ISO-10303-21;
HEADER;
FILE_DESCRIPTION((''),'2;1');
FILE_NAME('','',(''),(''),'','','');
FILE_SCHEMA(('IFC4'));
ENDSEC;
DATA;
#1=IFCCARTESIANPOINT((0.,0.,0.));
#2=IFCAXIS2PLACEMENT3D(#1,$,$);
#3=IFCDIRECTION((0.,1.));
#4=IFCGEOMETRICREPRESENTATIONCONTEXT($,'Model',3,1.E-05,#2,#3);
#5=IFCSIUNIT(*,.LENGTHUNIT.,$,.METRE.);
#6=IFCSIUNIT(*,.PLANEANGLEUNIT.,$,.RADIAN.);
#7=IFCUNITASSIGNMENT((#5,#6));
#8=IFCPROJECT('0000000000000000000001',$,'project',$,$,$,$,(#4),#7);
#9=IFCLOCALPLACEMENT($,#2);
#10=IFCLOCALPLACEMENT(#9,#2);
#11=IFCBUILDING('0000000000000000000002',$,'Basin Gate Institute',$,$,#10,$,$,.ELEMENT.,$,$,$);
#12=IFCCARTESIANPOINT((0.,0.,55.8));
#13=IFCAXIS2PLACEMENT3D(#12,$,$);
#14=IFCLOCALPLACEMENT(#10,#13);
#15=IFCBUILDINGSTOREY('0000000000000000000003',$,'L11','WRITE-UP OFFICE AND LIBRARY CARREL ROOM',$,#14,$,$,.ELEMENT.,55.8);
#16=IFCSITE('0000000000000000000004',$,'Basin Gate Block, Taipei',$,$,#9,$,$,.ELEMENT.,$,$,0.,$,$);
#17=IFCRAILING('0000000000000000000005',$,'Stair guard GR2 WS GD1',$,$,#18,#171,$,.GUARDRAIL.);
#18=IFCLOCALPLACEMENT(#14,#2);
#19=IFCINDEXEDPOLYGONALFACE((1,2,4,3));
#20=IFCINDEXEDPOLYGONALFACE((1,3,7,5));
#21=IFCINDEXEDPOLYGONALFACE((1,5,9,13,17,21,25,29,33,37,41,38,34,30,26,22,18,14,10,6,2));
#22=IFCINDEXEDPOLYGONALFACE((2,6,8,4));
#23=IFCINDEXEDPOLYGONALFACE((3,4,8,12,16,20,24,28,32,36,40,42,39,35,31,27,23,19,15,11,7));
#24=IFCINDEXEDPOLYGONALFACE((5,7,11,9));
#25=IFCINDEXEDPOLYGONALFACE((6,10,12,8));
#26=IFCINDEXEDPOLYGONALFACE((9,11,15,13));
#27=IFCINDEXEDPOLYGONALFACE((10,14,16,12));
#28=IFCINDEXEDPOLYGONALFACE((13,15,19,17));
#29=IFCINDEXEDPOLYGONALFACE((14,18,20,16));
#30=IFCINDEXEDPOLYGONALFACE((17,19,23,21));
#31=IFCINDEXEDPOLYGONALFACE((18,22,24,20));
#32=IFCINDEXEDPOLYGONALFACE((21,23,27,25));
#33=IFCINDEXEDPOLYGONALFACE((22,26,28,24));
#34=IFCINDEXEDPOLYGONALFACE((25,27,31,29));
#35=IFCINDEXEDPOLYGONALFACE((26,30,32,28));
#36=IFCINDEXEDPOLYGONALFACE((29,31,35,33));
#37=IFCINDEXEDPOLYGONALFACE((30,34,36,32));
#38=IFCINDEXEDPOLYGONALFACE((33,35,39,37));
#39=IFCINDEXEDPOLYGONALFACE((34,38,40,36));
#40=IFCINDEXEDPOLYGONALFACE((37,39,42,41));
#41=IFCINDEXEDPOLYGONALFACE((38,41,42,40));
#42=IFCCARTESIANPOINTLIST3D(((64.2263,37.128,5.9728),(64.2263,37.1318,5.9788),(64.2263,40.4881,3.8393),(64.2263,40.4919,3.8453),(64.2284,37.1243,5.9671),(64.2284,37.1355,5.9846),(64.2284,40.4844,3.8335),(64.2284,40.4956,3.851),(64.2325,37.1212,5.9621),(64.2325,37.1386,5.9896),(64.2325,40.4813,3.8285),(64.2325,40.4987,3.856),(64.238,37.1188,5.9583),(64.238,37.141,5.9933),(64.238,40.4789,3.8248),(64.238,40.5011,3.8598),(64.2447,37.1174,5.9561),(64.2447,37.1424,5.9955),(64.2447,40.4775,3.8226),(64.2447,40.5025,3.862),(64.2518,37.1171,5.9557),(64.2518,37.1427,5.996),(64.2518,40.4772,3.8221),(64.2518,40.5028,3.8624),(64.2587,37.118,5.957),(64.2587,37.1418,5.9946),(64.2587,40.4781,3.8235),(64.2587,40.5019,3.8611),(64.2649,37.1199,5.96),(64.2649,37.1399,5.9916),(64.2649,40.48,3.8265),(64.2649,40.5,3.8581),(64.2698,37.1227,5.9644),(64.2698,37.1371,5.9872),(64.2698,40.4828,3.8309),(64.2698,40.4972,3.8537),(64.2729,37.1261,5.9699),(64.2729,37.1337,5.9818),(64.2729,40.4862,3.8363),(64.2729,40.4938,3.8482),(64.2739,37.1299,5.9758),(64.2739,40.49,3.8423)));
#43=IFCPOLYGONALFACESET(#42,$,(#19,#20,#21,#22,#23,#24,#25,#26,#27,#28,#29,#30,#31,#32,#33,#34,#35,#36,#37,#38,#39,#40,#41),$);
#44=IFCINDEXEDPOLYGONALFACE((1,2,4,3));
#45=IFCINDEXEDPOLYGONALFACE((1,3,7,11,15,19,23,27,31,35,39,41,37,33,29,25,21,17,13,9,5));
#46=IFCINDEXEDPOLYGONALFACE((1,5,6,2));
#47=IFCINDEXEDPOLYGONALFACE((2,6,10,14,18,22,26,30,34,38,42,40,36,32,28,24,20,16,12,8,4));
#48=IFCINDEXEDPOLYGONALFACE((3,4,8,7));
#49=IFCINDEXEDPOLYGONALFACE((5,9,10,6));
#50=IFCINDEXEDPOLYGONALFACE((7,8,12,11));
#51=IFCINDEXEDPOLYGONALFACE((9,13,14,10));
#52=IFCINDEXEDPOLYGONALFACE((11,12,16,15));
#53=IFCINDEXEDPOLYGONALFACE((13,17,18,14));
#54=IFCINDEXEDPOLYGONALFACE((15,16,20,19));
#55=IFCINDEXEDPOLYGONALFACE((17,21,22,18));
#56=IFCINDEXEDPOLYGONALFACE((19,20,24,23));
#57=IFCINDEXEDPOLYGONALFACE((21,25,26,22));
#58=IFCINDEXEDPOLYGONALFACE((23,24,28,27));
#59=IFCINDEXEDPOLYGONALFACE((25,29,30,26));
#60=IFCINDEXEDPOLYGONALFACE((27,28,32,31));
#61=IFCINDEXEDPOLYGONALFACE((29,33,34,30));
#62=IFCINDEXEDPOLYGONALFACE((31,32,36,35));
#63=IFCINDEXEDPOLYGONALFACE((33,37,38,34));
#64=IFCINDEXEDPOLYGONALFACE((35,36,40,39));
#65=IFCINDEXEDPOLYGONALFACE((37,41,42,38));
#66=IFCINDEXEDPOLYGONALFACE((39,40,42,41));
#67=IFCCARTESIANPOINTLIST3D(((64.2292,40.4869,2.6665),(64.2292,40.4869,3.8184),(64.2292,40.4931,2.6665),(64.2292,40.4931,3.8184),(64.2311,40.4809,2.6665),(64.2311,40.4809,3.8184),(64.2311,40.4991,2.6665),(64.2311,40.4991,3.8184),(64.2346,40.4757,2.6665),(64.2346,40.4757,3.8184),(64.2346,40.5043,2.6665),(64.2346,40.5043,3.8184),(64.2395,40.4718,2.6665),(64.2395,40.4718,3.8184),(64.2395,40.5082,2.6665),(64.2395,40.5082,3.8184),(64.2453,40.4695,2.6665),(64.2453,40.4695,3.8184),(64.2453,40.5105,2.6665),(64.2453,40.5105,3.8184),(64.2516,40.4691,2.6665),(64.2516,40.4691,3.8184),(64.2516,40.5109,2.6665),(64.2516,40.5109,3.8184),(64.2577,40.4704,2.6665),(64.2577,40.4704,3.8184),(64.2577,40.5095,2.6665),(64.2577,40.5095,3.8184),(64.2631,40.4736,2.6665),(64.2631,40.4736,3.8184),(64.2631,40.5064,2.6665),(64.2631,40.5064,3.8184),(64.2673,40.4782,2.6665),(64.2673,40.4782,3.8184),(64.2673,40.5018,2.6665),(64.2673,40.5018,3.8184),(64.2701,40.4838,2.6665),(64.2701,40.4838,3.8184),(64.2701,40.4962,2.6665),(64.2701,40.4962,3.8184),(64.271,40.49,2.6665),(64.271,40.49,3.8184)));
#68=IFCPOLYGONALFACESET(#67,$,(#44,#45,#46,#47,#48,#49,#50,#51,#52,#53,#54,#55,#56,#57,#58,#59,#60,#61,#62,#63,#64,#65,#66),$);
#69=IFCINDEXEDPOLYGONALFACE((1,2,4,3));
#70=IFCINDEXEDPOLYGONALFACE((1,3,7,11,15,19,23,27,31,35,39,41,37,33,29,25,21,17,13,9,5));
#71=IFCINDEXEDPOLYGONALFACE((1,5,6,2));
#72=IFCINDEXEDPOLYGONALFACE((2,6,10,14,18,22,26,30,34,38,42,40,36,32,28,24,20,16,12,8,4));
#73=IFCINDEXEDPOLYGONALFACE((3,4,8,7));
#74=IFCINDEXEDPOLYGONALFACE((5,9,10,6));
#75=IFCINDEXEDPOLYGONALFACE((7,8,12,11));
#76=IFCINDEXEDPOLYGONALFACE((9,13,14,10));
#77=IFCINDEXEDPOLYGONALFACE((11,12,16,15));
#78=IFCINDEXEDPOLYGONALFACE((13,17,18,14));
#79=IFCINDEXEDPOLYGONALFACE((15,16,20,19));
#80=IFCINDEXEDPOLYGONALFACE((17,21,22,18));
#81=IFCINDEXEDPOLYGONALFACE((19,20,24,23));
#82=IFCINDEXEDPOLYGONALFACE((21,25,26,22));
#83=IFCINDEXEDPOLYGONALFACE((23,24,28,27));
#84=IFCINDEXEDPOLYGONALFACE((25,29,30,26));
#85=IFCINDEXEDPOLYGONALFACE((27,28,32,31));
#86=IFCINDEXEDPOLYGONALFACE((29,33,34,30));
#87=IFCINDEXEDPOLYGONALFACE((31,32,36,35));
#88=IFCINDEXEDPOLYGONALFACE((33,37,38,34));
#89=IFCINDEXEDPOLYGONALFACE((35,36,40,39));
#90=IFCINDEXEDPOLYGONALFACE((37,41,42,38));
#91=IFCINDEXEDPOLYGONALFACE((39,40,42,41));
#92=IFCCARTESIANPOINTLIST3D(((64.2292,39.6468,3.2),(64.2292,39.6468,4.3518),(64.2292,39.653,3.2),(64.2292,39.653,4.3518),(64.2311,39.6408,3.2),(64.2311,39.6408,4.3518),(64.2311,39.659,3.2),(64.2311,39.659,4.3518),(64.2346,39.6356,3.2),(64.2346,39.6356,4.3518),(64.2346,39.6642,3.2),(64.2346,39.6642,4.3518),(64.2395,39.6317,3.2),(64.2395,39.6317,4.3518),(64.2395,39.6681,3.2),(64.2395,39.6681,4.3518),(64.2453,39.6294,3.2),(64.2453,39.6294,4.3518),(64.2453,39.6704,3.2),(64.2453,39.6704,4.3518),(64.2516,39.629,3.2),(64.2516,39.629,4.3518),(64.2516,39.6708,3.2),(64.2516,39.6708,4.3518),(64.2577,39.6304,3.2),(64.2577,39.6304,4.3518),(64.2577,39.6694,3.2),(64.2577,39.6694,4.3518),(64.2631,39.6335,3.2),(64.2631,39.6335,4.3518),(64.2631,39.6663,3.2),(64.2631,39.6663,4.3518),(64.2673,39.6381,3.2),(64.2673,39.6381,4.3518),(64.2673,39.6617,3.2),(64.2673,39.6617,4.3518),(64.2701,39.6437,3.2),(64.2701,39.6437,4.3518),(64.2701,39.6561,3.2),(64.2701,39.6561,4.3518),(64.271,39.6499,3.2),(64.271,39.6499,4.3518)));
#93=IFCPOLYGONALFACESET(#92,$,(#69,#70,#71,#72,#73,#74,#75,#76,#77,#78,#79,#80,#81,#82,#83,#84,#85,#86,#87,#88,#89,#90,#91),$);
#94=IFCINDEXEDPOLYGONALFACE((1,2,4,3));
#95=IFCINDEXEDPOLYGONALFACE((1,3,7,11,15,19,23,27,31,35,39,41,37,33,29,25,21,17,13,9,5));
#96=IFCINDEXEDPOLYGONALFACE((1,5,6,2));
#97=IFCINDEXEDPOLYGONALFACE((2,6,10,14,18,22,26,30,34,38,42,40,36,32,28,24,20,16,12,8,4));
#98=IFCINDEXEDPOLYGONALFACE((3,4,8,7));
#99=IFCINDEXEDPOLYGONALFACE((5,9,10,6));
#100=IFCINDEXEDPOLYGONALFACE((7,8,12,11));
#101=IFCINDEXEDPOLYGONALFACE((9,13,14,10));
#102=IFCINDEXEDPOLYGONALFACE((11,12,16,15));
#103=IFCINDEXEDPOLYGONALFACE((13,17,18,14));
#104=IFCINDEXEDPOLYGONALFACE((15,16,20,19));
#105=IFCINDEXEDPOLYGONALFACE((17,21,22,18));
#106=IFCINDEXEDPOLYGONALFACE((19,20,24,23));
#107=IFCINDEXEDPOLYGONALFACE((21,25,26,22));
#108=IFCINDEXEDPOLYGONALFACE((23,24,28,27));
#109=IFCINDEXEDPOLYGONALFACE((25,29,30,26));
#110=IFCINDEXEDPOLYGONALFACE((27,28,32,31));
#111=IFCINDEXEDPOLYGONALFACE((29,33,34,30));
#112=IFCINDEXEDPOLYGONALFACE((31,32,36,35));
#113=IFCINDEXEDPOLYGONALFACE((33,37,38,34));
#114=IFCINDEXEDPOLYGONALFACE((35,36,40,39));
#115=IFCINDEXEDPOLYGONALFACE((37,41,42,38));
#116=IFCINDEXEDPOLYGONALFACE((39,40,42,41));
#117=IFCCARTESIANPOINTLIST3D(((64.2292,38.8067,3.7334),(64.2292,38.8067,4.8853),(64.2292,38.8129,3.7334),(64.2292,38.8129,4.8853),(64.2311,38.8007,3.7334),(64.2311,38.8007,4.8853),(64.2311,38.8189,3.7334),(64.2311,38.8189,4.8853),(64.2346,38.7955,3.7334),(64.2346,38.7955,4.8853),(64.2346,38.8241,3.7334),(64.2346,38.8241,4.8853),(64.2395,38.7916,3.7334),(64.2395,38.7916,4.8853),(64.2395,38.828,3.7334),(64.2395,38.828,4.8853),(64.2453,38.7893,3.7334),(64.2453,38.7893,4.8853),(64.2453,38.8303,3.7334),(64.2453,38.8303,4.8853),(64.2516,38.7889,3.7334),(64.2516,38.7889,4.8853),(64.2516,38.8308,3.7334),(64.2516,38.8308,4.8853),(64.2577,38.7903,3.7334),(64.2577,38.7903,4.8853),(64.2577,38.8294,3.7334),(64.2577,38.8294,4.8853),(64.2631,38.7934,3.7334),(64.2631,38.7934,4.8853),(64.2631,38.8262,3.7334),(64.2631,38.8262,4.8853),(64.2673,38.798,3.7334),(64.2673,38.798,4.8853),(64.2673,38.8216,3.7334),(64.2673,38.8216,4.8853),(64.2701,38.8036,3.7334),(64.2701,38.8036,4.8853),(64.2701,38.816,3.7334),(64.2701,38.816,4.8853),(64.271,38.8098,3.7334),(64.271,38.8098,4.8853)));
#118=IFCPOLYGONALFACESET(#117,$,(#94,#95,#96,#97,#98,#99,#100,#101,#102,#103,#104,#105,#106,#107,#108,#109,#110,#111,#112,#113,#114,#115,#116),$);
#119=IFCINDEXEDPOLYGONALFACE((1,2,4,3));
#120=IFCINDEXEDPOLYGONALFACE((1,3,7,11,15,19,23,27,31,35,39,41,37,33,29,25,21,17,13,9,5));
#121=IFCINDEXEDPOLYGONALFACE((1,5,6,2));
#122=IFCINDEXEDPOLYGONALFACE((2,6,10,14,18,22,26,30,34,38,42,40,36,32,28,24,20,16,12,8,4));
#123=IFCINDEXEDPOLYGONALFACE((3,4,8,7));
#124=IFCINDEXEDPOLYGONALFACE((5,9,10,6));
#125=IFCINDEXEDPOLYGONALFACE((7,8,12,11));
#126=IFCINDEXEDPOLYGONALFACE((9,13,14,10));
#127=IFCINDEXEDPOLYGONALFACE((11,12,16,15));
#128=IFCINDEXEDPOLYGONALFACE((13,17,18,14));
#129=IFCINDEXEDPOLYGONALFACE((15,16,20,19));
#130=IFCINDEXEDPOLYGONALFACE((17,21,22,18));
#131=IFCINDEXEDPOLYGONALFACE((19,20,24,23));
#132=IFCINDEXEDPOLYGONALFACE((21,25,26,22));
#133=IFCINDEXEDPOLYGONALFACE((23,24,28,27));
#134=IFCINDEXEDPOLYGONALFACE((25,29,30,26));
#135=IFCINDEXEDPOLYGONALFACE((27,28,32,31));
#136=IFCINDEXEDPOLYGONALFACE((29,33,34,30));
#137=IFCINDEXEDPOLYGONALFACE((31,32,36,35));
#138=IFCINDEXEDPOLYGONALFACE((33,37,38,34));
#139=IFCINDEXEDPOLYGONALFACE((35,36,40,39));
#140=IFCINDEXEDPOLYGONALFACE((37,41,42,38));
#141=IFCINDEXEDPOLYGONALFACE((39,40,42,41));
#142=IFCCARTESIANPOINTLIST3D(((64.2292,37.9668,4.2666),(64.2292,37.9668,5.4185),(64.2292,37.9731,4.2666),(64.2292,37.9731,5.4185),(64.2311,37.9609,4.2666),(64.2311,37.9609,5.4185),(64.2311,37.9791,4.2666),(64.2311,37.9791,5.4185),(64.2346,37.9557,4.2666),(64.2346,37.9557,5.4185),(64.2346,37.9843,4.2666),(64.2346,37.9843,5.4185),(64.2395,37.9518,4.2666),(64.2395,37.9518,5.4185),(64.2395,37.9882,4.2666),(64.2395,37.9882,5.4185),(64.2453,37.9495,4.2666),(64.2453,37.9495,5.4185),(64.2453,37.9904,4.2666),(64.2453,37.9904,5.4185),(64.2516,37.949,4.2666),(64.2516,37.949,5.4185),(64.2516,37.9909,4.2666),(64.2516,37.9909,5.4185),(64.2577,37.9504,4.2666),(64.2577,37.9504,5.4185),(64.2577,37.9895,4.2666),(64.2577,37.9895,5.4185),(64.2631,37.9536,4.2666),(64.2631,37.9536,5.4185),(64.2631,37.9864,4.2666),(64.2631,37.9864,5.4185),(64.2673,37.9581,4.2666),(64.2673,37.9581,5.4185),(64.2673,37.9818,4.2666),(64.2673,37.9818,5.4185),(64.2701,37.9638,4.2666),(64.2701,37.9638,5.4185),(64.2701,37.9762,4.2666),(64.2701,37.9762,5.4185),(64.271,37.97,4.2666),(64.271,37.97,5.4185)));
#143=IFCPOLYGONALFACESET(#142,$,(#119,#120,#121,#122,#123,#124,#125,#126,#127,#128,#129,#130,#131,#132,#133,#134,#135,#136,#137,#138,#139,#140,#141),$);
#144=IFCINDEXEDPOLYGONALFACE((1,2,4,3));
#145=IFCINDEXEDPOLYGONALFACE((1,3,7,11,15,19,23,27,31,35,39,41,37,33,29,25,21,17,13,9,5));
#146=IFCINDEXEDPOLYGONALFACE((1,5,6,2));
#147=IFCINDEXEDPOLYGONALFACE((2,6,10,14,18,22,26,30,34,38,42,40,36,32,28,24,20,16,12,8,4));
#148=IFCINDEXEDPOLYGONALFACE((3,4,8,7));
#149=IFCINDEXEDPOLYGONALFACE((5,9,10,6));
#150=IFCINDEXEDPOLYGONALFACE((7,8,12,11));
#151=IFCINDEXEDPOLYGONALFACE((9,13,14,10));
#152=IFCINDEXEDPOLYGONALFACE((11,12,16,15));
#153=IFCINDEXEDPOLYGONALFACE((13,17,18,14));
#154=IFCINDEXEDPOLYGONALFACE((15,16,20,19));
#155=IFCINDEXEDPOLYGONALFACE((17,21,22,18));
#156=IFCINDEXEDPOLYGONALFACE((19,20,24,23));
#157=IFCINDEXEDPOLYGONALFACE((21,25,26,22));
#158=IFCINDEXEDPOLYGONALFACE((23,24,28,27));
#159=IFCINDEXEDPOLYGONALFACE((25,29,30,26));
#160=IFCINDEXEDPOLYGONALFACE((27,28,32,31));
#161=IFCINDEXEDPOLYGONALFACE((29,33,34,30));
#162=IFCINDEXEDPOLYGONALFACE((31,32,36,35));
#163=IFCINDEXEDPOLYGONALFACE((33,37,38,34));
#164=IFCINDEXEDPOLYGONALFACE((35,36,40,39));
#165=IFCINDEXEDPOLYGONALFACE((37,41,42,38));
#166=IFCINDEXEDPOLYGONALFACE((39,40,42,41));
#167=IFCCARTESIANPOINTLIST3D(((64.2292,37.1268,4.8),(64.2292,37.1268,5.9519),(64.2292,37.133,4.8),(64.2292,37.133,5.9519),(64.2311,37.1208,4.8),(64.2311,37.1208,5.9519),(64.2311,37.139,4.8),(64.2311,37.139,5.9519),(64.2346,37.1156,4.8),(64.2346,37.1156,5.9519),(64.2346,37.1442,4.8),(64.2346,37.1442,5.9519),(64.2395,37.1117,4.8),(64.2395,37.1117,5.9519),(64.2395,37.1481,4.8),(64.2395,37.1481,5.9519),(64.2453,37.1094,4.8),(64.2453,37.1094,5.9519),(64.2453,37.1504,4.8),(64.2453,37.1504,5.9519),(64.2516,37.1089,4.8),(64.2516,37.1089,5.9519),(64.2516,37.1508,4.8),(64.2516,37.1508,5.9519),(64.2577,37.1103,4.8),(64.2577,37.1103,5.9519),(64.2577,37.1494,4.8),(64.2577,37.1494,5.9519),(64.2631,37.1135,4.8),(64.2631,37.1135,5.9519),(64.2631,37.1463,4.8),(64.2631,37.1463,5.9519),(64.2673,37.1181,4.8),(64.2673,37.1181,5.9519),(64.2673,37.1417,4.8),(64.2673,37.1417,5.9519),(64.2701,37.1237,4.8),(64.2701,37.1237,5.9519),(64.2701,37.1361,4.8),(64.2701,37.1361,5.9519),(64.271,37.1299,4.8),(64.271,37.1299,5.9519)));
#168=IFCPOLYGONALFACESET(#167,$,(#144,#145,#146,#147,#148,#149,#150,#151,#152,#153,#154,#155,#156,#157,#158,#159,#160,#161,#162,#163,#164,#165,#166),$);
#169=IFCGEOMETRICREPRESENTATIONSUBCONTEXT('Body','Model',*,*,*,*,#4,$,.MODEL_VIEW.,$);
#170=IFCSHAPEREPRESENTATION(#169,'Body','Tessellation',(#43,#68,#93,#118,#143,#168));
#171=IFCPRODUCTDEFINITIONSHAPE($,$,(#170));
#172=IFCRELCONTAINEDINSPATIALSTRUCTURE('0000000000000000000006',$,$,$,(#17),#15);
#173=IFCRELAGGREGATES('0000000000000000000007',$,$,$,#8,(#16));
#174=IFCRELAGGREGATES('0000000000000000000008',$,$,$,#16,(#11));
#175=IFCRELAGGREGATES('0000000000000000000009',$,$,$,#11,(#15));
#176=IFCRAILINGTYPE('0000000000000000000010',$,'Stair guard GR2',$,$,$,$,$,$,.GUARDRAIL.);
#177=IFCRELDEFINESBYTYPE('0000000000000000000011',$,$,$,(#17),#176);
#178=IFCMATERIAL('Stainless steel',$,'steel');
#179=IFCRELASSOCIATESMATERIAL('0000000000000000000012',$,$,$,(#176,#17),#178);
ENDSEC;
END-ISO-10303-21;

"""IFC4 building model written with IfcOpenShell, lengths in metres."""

from ifc_helpers import new_model, si_unit, direction, frame, origin, origin_2d, place, context, subcontext, project, spatial, circle, extrude, material, type_object, element, save


model = new_model("IFC4")

# Units and contexts
model_context = context("Model", 3, precision=1e-05, world=origin(), true_north=direction((0.0, 1.0)))
body_context = subcontext(model_context, "Body", "Model", "MODEL_VIEW")
ifc_project = project(units=[si_unit("LENGTHUNIT", "METRE"), si_unit("PLANEANGLEUNIT", "RADIAN")], contexts=[model_context])

# Site, building, storey
site_placement = place(None, origin())
site = spatial("IfcSite", under=ifc_project, at=site_placement, Name="Basin Gate Block, Taipei", CompositionType="ELEMENT", RefElevation=0.0)
building_placement = place(site_placement, origin())
building = spatial("IfcBuilding", under=site, at=building_placement, Name="Basin Gate Institute", CompositionType="ELEMENT")
storey_placement = place(building_placement, frame((0.0, 0.0, 55.8)))
storey = spatial("IfcBuildingStorey", under=building, at=storey_placement, Name="L11", Description="WRITE-UP OFFICE AND LIBRARY CARREL ROOM", CompositionType="ELEMENT", Elevation=55.8)

# Railing
ifc_material_1 = material(Name="Stainless steel", Category="steel")
railing_type_1 = type_object("IfcRailingType", Name="Stair guard GR2", PredefinedType="GUARDRAIL", material=ifc_material_1)
railing_1_placement = place(storey_placement, frame((64.25, 40.49, 2.6665)))
element("IfcRailing", 1, at=railing_1_placement, inside=storey, type_object=railing_type_1, material=ifc_material_1, Name="Stair guard GR2 WS GD1", PredefinedType="GUARDRAIL", context=body_context, shape_type="SweptSolid", body=[
    extrude(circle(Radius=0.0239, at=origin_2d()), frame((0.0, 0.0, 1.1758), z_axis=(0.0, -0.844197, 0.536034), x_axis=(1.0, 0.0, 0.0)), (0.0, 0.0, 1.0), 3.9802),
    extrude(circle(Radius=0.021, at=origin_2d()), origin(), (0.0, 0.0, 1.0), 1.1519),
    extrude(circle(Radius=0.021, at=origin_2d()), frame((0.0, -0.8401, 0.5334)), (0.0, 0.0, 1.0), 1.1519),
    extrude(circle(Radius=0.021, at=origin_2d()), frame((0.0, -1.6802, 1.0669)), (0.0, 0.0, 1.0), 1.1519),
    extrude(circle(Radius=0.021, at=origin_2d()), frame((0.0, -2.52, 1.6001)), (0.0, 0.0, 1.0), 1.1519),
    extrude(circle(Radius=0.021, at=origin_2d()), frame((0.0, -3.3601, 2.1335)), (0.0, 0.0, 1.0), 1.1519),
])

save(model, "model.ifc")
